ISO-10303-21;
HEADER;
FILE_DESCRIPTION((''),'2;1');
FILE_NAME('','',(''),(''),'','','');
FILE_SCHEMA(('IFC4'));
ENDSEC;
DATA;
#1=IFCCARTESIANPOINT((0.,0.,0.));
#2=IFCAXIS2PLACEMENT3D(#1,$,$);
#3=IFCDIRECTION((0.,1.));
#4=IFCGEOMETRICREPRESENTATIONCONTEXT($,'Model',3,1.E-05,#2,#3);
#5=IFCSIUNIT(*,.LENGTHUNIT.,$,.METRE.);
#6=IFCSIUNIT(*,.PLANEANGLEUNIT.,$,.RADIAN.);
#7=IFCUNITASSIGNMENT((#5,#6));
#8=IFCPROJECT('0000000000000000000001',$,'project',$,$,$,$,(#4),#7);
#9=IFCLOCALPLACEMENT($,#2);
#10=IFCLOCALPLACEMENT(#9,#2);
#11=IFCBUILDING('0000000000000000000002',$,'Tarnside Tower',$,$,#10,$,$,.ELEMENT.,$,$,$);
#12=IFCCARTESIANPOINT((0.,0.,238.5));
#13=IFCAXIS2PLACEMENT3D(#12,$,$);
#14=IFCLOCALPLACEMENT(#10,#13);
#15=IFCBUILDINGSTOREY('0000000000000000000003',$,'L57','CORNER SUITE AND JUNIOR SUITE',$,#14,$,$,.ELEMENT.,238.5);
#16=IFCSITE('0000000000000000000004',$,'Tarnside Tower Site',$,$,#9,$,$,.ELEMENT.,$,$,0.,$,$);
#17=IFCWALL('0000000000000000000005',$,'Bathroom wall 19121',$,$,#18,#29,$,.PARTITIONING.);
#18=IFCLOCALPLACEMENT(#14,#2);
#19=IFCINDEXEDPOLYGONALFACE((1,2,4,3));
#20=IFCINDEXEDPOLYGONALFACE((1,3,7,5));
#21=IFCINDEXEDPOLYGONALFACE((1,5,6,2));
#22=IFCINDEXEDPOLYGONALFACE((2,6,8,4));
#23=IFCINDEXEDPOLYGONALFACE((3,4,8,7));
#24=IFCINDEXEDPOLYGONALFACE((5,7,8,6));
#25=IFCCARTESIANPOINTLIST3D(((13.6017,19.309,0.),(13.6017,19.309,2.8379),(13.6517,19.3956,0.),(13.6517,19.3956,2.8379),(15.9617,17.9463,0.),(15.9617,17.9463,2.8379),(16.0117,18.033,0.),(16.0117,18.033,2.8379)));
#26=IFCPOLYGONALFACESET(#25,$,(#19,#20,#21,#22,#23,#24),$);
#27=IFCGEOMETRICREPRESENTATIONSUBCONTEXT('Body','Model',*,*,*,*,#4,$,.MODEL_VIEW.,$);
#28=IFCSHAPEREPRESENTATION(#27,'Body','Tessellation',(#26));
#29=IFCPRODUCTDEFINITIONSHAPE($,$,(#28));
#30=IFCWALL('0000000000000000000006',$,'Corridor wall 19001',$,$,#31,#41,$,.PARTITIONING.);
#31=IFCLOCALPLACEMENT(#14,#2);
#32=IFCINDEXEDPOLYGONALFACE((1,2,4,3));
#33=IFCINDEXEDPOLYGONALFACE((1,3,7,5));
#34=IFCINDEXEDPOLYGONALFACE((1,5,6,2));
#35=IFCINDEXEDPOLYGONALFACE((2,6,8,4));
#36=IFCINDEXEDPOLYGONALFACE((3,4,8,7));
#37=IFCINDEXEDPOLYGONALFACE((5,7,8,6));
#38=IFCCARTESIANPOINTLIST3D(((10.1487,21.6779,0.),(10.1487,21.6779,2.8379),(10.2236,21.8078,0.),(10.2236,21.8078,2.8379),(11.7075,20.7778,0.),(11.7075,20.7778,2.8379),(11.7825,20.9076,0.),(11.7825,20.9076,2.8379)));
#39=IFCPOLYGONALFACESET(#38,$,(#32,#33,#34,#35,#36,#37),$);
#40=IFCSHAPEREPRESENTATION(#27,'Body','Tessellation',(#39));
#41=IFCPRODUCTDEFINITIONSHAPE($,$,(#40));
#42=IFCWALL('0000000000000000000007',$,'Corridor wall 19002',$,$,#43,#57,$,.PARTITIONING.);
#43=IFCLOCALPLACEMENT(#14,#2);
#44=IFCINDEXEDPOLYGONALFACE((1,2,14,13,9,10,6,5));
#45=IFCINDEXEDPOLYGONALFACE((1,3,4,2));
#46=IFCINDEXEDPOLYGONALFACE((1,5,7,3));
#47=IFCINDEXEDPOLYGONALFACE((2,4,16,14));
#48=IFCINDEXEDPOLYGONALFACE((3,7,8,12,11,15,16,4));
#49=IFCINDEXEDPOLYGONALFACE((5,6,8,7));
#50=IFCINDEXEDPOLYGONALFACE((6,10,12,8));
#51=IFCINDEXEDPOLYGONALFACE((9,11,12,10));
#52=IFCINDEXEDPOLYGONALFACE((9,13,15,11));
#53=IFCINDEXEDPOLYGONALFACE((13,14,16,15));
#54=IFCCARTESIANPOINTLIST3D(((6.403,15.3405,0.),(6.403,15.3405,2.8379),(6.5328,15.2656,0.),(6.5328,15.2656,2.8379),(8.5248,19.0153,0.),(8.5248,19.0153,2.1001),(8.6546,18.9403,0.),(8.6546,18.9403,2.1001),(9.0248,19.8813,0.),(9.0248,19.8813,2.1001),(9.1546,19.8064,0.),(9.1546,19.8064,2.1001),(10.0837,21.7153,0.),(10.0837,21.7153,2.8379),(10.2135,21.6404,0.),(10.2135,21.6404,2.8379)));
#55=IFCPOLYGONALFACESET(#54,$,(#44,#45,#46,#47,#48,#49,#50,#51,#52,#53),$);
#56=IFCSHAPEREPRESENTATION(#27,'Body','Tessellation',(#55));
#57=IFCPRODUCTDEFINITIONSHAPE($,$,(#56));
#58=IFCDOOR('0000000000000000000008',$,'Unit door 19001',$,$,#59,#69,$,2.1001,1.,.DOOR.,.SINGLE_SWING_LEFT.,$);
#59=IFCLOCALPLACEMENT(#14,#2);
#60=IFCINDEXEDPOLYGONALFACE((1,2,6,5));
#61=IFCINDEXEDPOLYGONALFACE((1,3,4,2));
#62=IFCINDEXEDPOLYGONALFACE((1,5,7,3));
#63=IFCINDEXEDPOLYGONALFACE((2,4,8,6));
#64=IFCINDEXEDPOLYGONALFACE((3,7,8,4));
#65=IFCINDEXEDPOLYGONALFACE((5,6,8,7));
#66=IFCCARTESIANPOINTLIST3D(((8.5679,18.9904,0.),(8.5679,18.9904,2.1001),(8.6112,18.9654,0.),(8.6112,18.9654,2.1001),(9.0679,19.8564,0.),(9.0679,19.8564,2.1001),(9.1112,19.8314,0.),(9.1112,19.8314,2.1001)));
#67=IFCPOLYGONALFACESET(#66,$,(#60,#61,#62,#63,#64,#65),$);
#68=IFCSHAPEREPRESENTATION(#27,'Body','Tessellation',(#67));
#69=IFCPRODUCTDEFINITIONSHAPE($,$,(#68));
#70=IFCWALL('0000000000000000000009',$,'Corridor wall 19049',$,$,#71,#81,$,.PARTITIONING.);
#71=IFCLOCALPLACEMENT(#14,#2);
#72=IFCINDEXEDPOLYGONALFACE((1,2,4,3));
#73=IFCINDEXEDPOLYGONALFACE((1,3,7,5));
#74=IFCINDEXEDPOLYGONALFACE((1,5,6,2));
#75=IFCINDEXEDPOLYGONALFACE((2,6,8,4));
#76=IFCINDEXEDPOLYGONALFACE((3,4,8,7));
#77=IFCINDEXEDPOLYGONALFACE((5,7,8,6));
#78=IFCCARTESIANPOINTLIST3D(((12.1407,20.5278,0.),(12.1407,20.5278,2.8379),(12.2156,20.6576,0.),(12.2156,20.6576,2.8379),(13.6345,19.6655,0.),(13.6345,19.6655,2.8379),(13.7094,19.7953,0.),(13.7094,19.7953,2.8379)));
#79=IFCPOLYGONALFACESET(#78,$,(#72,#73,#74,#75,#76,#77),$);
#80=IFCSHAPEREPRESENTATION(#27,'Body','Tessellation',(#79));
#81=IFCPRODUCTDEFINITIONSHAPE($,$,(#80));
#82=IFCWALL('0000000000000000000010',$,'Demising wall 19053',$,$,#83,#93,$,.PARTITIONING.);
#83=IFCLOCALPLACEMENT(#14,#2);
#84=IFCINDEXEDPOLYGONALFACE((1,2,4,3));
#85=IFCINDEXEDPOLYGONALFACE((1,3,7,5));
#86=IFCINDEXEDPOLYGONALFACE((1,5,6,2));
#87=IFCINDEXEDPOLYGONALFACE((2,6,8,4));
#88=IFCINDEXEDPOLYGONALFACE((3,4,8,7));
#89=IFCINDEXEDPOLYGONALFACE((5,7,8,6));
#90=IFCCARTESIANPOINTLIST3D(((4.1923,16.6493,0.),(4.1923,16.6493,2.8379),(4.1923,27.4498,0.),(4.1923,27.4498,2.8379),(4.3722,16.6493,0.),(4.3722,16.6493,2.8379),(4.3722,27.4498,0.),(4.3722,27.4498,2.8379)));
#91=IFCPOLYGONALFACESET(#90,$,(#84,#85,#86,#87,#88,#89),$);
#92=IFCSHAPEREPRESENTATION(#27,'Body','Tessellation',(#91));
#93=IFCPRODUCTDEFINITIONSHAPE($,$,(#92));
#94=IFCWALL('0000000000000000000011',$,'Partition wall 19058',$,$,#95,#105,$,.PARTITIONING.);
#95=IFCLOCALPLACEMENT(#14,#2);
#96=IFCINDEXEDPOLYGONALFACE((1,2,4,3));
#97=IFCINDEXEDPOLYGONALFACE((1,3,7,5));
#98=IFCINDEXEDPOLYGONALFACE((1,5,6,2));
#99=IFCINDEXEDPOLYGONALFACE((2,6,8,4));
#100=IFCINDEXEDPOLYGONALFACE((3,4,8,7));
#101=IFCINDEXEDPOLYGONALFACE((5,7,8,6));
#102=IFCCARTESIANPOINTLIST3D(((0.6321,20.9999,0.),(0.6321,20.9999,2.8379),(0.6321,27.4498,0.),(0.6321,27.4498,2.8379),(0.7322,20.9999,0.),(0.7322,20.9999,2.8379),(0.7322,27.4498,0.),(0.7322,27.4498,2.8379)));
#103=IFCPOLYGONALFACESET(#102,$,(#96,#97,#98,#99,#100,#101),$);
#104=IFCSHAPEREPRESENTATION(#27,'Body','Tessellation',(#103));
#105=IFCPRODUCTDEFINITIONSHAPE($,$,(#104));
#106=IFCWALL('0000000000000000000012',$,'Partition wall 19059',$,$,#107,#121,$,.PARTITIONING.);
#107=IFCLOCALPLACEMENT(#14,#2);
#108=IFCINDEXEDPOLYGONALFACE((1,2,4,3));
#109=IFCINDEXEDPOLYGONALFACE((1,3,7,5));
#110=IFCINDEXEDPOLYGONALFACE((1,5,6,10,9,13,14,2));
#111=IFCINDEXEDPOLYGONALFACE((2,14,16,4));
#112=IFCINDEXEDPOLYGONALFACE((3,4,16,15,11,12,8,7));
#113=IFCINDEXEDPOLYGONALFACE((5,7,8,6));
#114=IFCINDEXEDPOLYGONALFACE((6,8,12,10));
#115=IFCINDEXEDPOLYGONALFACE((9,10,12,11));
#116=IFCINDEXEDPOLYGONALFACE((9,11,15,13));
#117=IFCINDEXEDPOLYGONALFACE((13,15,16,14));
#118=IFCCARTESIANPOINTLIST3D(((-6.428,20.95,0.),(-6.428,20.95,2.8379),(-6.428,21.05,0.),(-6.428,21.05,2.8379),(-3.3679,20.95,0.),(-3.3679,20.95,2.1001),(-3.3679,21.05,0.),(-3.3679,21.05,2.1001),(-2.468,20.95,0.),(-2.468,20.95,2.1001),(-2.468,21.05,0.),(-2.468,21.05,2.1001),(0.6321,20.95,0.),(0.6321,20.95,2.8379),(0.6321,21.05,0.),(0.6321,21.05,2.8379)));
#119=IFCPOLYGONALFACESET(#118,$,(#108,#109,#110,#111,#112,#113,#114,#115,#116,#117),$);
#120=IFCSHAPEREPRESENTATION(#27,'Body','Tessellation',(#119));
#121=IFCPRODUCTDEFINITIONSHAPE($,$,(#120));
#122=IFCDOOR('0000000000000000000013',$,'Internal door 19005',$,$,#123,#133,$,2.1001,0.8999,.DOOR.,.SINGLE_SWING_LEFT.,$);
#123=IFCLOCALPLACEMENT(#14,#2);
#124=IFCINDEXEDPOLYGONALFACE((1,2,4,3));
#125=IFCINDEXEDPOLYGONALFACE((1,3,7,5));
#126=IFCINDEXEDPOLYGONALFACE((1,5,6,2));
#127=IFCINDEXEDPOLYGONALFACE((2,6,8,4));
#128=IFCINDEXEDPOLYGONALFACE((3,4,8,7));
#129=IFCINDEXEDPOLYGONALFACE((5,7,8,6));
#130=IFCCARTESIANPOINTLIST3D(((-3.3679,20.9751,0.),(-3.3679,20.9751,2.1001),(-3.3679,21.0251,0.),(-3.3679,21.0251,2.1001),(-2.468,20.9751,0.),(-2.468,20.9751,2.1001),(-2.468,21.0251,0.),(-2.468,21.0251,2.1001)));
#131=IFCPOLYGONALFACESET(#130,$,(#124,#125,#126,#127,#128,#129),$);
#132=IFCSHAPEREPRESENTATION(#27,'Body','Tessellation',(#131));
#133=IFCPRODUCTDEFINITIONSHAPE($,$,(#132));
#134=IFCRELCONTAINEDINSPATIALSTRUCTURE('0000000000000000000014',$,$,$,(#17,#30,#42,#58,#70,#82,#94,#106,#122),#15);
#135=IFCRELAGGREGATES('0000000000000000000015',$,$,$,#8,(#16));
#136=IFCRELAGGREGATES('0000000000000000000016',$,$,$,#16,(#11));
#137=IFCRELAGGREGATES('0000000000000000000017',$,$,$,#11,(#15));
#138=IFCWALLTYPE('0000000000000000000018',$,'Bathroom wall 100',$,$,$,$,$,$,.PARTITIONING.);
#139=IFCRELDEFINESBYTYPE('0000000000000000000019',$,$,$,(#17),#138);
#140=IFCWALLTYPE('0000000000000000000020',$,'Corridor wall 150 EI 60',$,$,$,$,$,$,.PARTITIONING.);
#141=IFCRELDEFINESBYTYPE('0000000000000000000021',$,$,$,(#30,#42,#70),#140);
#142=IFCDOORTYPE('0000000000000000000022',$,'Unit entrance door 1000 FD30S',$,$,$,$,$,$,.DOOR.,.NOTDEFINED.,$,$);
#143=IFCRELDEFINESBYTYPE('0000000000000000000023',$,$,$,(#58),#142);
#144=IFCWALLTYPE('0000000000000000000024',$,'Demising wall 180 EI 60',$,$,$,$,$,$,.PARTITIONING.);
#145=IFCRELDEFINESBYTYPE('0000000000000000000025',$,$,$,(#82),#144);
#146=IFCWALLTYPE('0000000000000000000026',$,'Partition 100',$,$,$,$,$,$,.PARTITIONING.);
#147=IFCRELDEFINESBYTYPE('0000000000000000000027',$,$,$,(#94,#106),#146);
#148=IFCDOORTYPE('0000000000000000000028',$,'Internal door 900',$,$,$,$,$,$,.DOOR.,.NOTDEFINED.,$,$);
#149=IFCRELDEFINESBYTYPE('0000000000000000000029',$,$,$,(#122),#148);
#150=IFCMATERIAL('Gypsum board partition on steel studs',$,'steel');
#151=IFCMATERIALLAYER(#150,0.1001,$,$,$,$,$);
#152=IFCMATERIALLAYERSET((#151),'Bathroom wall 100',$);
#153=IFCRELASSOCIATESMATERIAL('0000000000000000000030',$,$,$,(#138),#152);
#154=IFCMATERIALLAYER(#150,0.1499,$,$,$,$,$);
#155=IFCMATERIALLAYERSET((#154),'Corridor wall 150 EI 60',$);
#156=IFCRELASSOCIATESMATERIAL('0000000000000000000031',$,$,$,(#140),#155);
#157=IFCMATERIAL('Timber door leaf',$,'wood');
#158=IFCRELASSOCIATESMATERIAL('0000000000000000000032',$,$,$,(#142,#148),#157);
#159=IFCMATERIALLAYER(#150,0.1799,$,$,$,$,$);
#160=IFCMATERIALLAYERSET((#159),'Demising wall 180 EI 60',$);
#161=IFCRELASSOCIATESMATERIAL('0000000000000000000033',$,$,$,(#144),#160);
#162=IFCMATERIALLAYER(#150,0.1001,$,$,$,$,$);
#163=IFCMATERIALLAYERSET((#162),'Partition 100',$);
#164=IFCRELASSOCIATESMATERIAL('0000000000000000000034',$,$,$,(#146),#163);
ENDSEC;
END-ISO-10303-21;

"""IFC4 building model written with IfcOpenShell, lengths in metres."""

from ifc_helpers import new_model, si_unit, direction, frame, frame_2d, origin, place, context, subcontext, project, spatial, rectangle, extrude, material, layer, layer_set, type_object, element, fill, save


model = new_model("IFC4")

# Units and contexts
model_context = context("Model", 3, precision=1e-05, world=origin(), true_north=direction((0.0, 1.0)))
body_context = subcontext(model_context, "Body", "Model", "MODEL_VIEW")
ifc_project = project(units=[si_unit("LENGTHUNIT", "METRE"), si_unit("PLANEANGLEUNIT", "RADIAN")], contexts=[model_context])

# Site, building, storey
site_placement = place(None, origin())
site = spatial("IfcSite", under=ifc_project, at=site_placement, Name="Tarnside Tower Site", CompositionType="ELEMENT", RefElevation=0.0)
building_placement = place(site_placement, origin())
building = spatial("IfcBuilding", under=site, at=building_placement, Name="Tarnside Tower", CompositionType="ELEMENT")
storey_placement = place(building_placement, frame((0.0, 0.0, 238.5)))
storey = spatial("IfcBuildingStorey", under=building, at=storey_placement, Name="L57", Description="CORNER SUITE AND JUNIOR SUITE", CompositionType="ELEMENT", Elevation=238.5)

# Walls
ifc_material_1 = material(Name="Gypsum board partition on steel studs", Category="steel")
ifc_layer_1 = layer(ifc_material_1, 0.1001)
ifc_layer_set_1 = layer_set([ifc_layer_1], Name="Bathroom wall 100")
wall_type_1 = type_object("IfcWallType", Name="Bathroom wall 100", PredefinedType="PARTITIONING", material=ifc_layer_set_1)
wall_1_placement = place(storey_placement, frame((13.6267, 19.3523, 0.0), z_axis=(0.0, 0.0, 1.0), x_axis=(0.866013, -0.500022, 0.0)))
element("IfcWall", 1, at=wall_1_placement, inside=storey, type_object=wall_type_1, Name="Bathroom wall 19121", PredefinedType="PARTITIONING", context=body_context, shape_type="SweptSolid", body=[
    extrude(rectangle(XDim=2.7251, YDim=0.1001, at=frame_2d((1.3625, 0.0))), origin(), (0.0, 0.0, 1.0), 2.8379),
])
ifc_layer_2 = layer(ifc_material_1, 0.1499)
ifc_layer_set_2 = layer_set([ifc_layer_2], Name="Corridor wall 150 EI 60")
wall_type_2 = type_object("IfcWallType", Name="Corridor wall 150 EI 60", PredefinedType="PARTITIONING", material=ifc_layer_set_2)
wall_2_placement = place(storey_placement, frame((11.7449, 20.8428, 0.0), z_axis=(0.0, 0.0, 1.0), x_axis=(-0.865989, 0.500063, 0.0)))
element("IfcWall", 2, at=wall_2_placement, inside=storey, type_object=wall_type_2, Name="Corridor wall 19001", PredefinedType="PARTITIONING", context=body_context, shape_type="SweptSolid", body=[
    extrude(rectangle(XDim=1.8, YDim=0.1499, at=frame_2d((0.8999, 0.0))), origin(), (0.0, 0.0, 1.0), 2.8379),
])

# Wall, opening, door
wall_3_placement = place(storey_placement, frame((10.1487, 21.678, 0.0), z_axis=(0.0, 0.0, 1.0), x_axis=(-0.50002, -0.866014, 0.0)))
wall_3 = element("IfcWall", 3, at=wall_3_placement, inside=storey, type_object=wall_type_2, Name="Corridor wall 19002", PredefinedType="PARTITIONING", context=body_context, shape_type="SweptSolid", body=[
    extrude(rectangle(XDim=7.3611, YDim=0.1499, at=frame_2d((3.6807, 0.0))), origin(), (0.0, 0.0, 1.0), 2.8379),
])
opening_1_placement = place(wall_3_placement, frame((2.1179, 0.0, 0.0)))
opening_1 = element("IfcOpeningElement", 4, at=opening_1_placement, cuts=wall_3, PredefinedType="OPENING", context=body_context, shape_type="SweptSolid", body=[
    extrude(rectangle(XDim=1.0, YDim=2.1001, at=frame_2d((0.5, 1.05))), frame((0.0, 0.085, 0.0), z_axis=(0.0, -1.0, 0.0), x_axis=(1.0, 0.0, 0.0)), (0.0, 0.0, 1.0), 0.1699),
])
ifc_material_2 = material(Name="Timber door leaf", Category="wood")
door_type_1 = type_object("IfcDoorType", Name="Unit entrance door 1000 FD30S", OperationType="NOTDEFINED", PredefinedType="DOOR", material=ifc_material_2)
door_1_placement = place(opening_1_placement, origin())
door_1 = element("IfcDoor", 5, at=door_1_placement, inside=storey, type_object=door_type_1, Name="Unit door 19001", OperationType="SINGLE_SWING_LEFT", OverallHeight=2.1001, OverallWidth=1.0, PredefinedType="DOOR", context=body_context, shape_type="SweptSolid", body=[
    extrude(rectangle(XDim=1.0, YDim=2.1001, at=frame_2d((0.5, 1.05))), frame((0.0, 0.0249, 0.0), z_axis=(0.0, -1.0, 0.0), x_axis=(1.0, 0.0, 0.0)), (0.0, 0.0, 1.0), 0.05),
])
fill(opening_1, door_1)

# Walls
wall_4_placement = place(storey_placement, frame((13.6719, 19.7305, 0.0), z_axis=(0.0, 0.0, 1.0), x_axis=(-0.866075, 0.499914, 0.0)))
element("IfcWall", 6, at=wall_4_placement, inside=storey, type_object=wall_type_2, Name="Corridor wall 19049", PredefinedType="PARTITIONING", context=body_context, shape_type="SweptSolid", body=[
    extrude(rectangle(XDim=1.7249, YDim=0.1499, at=frame_2d((0.8623, 0.0))), origin(), (0.0, 0.0, 1.0), 2.8379),
])
ifc_layer_3 = layer(ifc_material_1, 0.1799)
ifc_layer_set_3 = layer_set([ifc_layer_3], Name="Demising wall 180 EI 60")
wall_type_3 = type_object("IfcWallType", Name="Demising wall 180 EI 60", PredefinedType="PARTITIONING", material=ifc_layer_set_3)
wall_5_placement = place(storey_placement, frame((4.2822, 27.45, 0.0), z_axis=(0.0, 0.0, 1.0), x_axis=(0.0, -1.0, 0.0)))
element("IfcWall", 7, at=wall_5_placement, inside=storey, type_object=wall_type_3, Name="Demising wall 19053", PredefinedType="PARTITIONING", context=body_context, shape_type="SweptSolid", body=[
    extrude(rectangle(XDim=10.8005, YDim=0.1799, at=frame_2d((5.4004, 0.0))), origin(), (0.0, 0.0, 1.0), 2.8379),
])
ifc_layer_4 = layer(ifc_material_1, 0.1001)
ifc_layer_set_4 = layer_set([ifc_layer_4], Name="Partition 100")
wall_type_4 = type_object("IfcWallType", Name="Partition 100", PredefinedType="PARTITIONING", material=ifc_layer_set_4)
wall_6_placement = place(storey_placement, frame((0.6821, 27.45, 0.0), z_axis=(0.0, 0.0, 1.0), x_axis=(0.0, -1.0, 0.0)))
element("IfcWall", 8, at=wall_6_placement, inside=storey, type_object=wall_type_4, Name="Partition wall 19058", PredefinedType="PARTITIONING", context=body_context, shape_type="SweptSolid", body=[
    extrude(rectangle(XDim=6.45, YDim=0.1001, at=frame_2d((3.2251, 0.0))), origin(), (0.0, 0.0, 1.0), 2.8379),
])

# Wall, opening, door
wall_7_placement = place(storey_placement, frame((0.6321, 21.0, 0.0), z_axis=(0.0, 0.0, 1.0), x_axis=(-1.0, 0.0, 0.0)))
wall_7 = element("IfcWall", 9, at=wall_7_placement, inside=storey, type_object=wall_type_4, Name="Partition wall 19059", PredefinedType="PARTITIONING", context=body_context, shape_type="SweptSolid", body=[
    extrude(rectangle(XDim=7.0601, YDim=0.1001, at=frame_2d((3.53, 0.0))), origin(), (0.0, 0.0, 1.0), 2.8379),
])
opening_2_placement = place(wall_7_placement, frame((3.1001, 0.0, 0.0)))
opening_2 = element("IfcOpeningElement", 10, at=opening_2_placement, cuts=wall_7, PredefinedType="OPENING", context=body_context, shape_type="SweptSolid", body=[
    extrude(rectangle(XDim=0.8999, YDim=2.1001, at=frame_2d((0.45, 1.05))), frame((0.0, 0.0601, 0.0), z_axis=(0.0, -1.0, 0.0), x_axis=(1.0, 0.0, 0.0)), (0.0, 0.0, 1.0), 0.1201),
])
door_type_2 = type_object("IfcDoorType", Name="Internal door 900", OperationType="NOTDEFINED", PredefinedType="DOOR", material=ifc_material_2)
door_2_placement = place(opening_2_placement, origin())
door_2 = element("IfcDoor", 11, at=door_2_placement, inside=storey, type_object=door_type_2, Name="Internal door 19005", OperationType="SINGLE_SWING_LEFT", OverallHeight=2.1001, OverallWidth=0.8999, PredefinedType="DOOR", context=body_context, shape_type="SweptSolid", body=[
    extrude(rectangle(XDim=0.8999, YDim=2.1001, at=frame_2d((0.45, 1.05))), frame((0.0, 0.0249, 0.0), z_axis=(0.0, -1.0, 0.0), x_axis=(1.0, 0.0, 0.0)), (0.0, 0.0, 1.0), 0.05),
])
fill(opening_2, door_2)

save(model, "model.ifc")
